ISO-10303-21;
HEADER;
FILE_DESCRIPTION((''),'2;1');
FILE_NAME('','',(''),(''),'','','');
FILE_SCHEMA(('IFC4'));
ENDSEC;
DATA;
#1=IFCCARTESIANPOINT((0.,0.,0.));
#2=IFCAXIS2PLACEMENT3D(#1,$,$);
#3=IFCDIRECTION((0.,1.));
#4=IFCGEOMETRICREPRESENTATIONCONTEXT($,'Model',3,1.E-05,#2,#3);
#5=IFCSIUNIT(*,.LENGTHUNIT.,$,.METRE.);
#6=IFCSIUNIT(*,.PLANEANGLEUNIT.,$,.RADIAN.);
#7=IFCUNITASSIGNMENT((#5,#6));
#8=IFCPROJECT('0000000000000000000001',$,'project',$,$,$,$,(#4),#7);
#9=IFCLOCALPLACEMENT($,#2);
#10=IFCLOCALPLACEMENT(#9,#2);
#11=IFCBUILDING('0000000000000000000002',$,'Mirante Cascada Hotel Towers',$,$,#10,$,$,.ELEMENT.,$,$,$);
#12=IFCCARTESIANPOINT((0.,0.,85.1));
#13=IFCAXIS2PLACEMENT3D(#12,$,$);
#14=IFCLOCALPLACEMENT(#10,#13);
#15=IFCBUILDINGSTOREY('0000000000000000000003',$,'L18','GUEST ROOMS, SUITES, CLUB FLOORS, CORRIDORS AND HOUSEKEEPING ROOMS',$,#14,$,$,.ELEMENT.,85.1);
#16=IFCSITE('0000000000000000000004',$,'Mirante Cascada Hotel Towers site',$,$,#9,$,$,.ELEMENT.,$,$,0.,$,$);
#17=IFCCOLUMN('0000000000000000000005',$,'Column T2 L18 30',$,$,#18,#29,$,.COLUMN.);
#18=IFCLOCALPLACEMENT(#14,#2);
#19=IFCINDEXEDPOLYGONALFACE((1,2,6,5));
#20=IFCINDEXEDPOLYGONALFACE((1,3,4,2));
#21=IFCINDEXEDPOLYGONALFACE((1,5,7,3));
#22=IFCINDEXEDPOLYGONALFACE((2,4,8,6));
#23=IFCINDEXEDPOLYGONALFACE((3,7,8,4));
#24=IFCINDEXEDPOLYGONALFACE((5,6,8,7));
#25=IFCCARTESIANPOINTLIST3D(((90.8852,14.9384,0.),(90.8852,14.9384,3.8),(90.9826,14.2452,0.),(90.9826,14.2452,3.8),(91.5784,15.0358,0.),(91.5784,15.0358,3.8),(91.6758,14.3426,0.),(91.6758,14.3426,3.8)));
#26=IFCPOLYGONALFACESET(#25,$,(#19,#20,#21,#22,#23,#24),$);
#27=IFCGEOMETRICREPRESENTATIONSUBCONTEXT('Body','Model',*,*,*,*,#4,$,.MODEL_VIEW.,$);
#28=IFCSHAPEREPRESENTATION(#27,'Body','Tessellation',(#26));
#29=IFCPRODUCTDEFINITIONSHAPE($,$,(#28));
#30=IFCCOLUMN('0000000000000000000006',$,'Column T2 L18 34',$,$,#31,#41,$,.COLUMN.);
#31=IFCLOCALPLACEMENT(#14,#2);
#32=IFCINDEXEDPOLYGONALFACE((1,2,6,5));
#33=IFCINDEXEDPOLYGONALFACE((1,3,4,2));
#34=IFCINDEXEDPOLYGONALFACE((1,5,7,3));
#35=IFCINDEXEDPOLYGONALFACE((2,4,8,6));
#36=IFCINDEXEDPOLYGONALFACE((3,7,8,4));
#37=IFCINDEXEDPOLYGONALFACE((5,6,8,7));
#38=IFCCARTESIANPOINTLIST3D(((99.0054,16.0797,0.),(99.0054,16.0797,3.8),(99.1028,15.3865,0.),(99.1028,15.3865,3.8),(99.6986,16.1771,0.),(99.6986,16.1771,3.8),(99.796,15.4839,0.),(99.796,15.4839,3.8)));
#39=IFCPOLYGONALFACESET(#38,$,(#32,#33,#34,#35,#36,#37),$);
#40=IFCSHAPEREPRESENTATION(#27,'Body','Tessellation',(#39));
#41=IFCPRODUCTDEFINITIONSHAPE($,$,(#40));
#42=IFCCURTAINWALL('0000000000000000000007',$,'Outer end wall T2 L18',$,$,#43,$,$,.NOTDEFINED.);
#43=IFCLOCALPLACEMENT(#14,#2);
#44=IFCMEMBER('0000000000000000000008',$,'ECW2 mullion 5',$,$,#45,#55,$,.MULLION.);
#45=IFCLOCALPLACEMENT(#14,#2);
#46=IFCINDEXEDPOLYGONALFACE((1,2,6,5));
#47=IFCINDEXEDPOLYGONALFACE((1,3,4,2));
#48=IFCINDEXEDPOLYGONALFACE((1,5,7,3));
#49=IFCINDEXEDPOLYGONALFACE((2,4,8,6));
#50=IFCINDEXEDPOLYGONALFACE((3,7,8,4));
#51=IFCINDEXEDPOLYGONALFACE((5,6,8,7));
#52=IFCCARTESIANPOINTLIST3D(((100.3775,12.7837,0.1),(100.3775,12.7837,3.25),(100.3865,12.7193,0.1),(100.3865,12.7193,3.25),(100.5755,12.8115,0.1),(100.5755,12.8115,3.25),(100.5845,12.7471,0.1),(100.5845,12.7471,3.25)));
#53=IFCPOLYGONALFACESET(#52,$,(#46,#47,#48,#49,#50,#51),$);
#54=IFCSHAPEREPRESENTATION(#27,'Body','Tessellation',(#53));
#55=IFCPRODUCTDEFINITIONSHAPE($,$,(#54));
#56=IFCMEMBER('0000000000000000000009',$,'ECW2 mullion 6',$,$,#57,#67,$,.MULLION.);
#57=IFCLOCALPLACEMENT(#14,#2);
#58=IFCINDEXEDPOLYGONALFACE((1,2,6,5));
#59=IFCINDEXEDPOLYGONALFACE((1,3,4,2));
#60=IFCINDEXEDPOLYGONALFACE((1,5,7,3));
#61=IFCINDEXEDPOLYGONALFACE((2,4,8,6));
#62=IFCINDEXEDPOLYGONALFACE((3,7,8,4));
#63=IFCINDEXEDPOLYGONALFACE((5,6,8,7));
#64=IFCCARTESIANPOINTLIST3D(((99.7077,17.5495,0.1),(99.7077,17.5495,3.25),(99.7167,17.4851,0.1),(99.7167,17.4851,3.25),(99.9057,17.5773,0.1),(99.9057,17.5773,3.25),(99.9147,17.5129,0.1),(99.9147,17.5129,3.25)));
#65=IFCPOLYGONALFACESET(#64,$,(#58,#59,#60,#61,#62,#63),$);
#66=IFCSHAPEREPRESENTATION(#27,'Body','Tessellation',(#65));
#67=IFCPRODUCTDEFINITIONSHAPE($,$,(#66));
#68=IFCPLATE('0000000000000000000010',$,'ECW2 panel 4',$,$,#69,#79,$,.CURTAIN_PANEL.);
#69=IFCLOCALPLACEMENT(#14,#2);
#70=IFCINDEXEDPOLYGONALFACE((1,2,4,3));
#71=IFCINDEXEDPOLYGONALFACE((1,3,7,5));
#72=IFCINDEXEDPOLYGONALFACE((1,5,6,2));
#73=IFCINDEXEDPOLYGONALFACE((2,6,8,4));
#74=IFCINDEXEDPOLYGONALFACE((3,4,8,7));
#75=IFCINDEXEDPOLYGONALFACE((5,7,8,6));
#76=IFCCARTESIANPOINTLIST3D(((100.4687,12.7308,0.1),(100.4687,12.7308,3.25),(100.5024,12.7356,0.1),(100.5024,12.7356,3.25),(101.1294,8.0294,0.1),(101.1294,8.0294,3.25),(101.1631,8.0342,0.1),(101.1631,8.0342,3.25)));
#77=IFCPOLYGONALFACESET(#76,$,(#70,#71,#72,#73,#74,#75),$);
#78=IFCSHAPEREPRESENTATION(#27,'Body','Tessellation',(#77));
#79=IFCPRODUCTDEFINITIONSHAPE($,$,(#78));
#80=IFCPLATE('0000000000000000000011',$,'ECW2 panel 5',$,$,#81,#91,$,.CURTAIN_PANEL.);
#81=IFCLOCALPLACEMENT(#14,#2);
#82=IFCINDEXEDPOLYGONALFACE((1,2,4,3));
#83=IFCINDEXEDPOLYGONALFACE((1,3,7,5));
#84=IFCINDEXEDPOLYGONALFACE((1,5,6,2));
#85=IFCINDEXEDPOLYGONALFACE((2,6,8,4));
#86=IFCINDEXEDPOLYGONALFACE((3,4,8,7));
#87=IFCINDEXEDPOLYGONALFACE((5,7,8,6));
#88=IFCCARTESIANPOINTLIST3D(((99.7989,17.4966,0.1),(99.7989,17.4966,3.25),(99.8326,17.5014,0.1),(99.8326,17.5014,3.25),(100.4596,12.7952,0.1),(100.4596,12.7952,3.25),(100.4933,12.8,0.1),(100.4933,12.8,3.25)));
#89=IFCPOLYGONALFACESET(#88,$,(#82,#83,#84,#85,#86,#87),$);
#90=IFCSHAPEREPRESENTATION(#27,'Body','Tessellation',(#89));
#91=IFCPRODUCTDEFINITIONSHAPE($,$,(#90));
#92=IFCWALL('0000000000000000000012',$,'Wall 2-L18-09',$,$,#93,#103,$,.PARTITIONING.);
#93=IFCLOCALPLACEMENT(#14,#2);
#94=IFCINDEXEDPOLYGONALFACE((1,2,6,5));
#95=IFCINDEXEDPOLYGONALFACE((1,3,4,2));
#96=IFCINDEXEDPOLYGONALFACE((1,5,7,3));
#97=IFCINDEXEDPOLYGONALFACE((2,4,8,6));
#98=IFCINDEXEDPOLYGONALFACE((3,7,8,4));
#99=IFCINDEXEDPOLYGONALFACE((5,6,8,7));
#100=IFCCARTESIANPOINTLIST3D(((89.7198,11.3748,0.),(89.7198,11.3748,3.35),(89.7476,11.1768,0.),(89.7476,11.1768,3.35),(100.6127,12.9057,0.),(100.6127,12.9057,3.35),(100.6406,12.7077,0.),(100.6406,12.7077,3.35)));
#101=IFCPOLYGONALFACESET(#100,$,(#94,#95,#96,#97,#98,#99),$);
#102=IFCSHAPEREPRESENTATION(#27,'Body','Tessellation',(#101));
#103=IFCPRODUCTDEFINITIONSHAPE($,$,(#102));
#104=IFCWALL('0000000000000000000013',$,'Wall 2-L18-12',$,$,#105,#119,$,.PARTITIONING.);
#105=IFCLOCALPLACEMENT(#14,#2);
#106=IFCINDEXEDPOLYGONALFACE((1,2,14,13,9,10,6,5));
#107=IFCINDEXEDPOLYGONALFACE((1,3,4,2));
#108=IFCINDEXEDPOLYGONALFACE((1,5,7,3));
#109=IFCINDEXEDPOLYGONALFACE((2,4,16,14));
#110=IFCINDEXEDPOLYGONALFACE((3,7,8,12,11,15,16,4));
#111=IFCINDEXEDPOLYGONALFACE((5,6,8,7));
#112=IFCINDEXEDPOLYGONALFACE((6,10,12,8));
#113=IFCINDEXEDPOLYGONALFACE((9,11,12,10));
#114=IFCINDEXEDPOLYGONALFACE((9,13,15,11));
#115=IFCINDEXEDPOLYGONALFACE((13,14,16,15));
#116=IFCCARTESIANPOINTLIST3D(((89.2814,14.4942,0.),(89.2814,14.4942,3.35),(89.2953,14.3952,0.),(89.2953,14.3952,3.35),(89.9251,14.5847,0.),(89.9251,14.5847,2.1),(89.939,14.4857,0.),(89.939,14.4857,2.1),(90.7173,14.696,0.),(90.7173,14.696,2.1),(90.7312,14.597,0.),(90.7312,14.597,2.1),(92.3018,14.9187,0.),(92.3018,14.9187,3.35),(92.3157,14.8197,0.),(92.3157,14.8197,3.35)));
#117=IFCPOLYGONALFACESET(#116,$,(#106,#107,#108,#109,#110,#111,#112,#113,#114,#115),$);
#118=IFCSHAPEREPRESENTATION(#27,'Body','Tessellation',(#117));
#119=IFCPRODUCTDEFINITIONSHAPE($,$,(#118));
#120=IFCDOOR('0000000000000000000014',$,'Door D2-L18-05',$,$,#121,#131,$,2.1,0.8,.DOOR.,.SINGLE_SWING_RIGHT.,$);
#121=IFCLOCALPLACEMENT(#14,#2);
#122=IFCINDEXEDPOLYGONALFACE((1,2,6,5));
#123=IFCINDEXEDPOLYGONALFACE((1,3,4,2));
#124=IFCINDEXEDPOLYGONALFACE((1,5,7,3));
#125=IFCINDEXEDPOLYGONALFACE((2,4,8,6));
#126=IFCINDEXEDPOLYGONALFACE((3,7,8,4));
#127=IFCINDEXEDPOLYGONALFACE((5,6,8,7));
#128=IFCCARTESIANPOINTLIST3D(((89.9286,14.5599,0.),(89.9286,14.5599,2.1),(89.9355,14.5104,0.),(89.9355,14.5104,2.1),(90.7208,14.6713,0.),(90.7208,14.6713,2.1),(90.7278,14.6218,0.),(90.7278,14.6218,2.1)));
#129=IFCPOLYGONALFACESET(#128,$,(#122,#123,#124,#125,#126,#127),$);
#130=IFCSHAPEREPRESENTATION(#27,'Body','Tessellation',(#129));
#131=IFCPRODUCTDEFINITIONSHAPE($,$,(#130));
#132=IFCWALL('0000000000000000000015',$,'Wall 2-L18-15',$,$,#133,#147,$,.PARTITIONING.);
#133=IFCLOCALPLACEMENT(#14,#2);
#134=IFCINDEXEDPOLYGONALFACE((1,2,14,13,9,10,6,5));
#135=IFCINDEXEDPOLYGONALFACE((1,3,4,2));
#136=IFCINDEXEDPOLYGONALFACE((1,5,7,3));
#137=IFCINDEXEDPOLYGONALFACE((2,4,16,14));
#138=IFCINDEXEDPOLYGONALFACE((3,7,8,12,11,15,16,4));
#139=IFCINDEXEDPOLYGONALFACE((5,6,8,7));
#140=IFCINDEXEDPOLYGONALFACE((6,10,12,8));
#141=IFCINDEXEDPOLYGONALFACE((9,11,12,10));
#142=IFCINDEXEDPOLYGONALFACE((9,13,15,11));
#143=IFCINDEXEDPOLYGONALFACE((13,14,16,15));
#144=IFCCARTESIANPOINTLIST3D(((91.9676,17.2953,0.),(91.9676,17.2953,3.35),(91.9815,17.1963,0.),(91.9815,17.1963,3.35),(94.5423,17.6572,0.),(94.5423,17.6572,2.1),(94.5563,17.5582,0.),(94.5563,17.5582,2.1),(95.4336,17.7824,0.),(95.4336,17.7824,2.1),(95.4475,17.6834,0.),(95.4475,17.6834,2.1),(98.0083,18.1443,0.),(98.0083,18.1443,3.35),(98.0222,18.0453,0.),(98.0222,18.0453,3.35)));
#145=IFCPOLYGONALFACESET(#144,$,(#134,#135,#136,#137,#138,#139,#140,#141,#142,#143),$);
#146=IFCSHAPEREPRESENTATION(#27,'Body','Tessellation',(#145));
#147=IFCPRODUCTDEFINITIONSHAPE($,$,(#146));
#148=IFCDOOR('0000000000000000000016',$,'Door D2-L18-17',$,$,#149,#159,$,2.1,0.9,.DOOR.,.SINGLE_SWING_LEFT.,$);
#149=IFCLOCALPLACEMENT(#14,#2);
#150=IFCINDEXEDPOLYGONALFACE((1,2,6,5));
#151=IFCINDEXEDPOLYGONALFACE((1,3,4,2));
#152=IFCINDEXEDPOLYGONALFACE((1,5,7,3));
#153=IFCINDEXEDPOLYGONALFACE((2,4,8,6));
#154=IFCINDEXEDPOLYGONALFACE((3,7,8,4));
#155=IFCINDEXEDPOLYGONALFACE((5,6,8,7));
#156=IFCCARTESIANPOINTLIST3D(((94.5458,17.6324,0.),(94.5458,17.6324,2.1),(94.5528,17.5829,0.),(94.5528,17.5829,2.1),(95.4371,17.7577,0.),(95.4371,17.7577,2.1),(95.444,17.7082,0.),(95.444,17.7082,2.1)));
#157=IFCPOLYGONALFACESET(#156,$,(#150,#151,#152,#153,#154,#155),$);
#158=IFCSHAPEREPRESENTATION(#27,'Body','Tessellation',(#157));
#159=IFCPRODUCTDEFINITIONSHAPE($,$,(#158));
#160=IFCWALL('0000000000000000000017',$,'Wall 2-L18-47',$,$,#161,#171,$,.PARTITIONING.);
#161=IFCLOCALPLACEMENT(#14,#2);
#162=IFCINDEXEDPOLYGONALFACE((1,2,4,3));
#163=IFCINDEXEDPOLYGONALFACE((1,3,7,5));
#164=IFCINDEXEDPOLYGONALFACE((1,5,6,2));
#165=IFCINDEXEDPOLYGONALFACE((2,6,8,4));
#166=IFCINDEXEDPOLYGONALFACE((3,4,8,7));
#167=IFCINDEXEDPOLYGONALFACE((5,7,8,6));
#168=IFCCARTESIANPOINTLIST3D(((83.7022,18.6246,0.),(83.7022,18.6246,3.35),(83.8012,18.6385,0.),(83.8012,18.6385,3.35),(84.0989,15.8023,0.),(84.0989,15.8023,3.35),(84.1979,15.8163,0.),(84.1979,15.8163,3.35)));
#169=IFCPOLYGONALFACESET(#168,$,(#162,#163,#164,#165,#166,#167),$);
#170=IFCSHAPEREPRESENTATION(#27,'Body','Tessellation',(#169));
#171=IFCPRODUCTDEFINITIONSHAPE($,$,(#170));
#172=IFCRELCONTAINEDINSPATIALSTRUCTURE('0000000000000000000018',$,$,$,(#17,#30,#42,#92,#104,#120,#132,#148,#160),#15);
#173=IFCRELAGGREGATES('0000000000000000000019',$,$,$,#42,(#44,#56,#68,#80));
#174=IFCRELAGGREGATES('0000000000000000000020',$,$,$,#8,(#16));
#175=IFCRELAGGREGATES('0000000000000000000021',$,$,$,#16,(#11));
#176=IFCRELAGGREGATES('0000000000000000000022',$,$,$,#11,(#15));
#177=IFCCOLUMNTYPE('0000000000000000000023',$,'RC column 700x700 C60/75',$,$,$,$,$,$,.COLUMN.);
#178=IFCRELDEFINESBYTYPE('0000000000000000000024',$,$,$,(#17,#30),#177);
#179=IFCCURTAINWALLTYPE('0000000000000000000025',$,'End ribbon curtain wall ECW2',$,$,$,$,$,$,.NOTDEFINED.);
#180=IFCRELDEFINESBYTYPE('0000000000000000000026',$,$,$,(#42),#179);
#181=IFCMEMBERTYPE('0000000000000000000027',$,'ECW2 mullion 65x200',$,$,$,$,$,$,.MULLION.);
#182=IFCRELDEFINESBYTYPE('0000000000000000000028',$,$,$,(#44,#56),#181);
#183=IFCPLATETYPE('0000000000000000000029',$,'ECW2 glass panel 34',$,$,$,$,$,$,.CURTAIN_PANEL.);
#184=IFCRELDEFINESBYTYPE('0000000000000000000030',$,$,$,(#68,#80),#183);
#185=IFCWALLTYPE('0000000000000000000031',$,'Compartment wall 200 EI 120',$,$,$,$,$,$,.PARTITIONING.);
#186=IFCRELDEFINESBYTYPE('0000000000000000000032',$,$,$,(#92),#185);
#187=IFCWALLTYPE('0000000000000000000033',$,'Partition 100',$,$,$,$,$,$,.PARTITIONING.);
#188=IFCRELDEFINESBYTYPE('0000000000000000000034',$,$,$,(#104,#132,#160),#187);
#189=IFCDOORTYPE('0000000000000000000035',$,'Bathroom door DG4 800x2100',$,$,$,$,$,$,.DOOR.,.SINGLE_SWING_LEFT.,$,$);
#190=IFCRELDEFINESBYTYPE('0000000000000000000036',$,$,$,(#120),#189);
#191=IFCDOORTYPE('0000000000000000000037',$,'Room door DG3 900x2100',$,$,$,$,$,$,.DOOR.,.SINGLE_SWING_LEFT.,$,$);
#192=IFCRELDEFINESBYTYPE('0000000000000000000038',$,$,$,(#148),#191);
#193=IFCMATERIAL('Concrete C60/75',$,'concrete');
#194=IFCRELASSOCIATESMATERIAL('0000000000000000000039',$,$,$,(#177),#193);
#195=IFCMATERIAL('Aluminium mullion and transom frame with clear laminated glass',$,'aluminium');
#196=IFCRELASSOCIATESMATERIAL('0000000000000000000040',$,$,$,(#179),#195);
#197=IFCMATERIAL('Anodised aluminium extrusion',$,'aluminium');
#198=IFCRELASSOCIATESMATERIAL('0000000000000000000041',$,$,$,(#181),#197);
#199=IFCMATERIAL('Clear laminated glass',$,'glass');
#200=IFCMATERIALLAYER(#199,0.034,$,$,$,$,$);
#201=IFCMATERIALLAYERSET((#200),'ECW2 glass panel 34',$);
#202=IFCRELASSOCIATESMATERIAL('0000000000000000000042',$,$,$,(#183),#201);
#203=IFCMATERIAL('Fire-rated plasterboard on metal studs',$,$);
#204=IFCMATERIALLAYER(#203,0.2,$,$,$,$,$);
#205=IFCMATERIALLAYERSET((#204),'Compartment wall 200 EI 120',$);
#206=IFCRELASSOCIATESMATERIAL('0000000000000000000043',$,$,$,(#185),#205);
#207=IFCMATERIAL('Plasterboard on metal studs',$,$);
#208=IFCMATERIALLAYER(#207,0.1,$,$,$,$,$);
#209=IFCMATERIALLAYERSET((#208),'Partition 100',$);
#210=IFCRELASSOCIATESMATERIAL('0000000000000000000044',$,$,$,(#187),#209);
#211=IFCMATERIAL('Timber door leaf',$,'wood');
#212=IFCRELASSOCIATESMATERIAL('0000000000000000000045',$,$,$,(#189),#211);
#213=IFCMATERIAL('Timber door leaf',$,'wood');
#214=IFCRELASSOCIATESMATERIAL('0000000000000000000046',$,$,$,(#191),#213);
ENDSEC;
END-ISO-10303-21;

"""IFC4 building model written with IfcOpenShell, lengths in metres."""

from ifc_helpers import new_model, si_unit, direction, frame, frame_2d, origin, origin_2d, place, context, subcontext, project, spatial, rectangle, extrude, material, layer, layer_set, material_profile, profile_set, type_object, element, fill, aggregate, save


model = new_model("IFC4")

# Units and contexts
model_context = context("Model", 3, precision=1e-05, world=origin(), true_north=direction((0.0, 1.0)))
body_context = subcontext(model_context, "Body", "Model", "MODEL_VIEW")
ifc_project = project(units=[si_unit("LENGTHUNIT", "METRE"), si_unit("PLANEANGLEUNIT", "RADIAN")], contexts=[model_context])

# Site, building, storey
site_placement = place(None, origin())
site = spatial("IfcSite", under=ifc_project, at=site_placement, Name="Mirante Cascada Hotel Towers site", CompositionType="ELEMENT", RefElevation=0.0)
building_placement = place(site_placement, origin())
building = spatial("IfcBuilding", under=site, at=building_placement, Name="Mirante Cascada Hotel Towers", CompositionType="ELEMENT")
storey_placement = place(building_placement, frame((0.0, 0.0, 85.1)))
storey = spatial("IfcBuildingStorey", under=building, at=storey_placement, Name="L18", Description="GUEST ROOMS, SUITES, CLUB FLOORS, CORRIDORS AND HOUSEKEEPING ROOMS", CompositionType="ELEMENT", Elevation=85.1)

# Columns
ifc_material_1 = material(Name="Concrete C60/75", Category="concrete")
ifc_material_profile_1 = material_profile(ifc_material_1, rectangle(XDim=0.7, YDim=0.7, at=origin_2d()), Name="RC column 700x700 C60/75")
ifc_profile_set_1 = profile_set([ifc_material_profile_1], Name="Concrete C60/75")
column_type = type_object("IfcColumnType", Name="RC column 700x700 C60/75", PredefinedType="COLUMN", material=ifc_profile_set_1)
for number, where, z_axis, x_axis, name in (
    (1, (91.2805, 14.6405, 0.0), (0.0, 0.0, 1.0), (0.990268, 0.139173, 0.0), "Column T2 L18 30"),
    (2, (99.4007, 15.7818, 0.0), (0.0, 0.0, 1.0), (0.990268, 0.139173, 0.0), "Column T2 L18 34"),
):
    element("IfcColumn", number, at=place(storey_placement, frame(where, z_axis=z_axis, x_axis=x_axis)), inside=storey, type_object=column_type, Name=name, PredefinedType="COLUMN", context=body_context, shape_type="SweptSolid", body=[
        extrude(rectangle(XDim=0.7, YDim=0.7, at=origin_2d()), origin(), (0.0, 0.0, 1.0), 3.8),
    ])

# Curtain wall, members, plates
ifc_material_2 = material(Name="Aluminium mullion and transom frame with clear laminated glass", Category="aluminium")
curtain_wall_type = type_object("IfcCurtainWallType", Name="End ribbon curtain wall ECW2", PredefinedType="NOTDEFINED", material=ifc_material_2)
curtain_wall_placement = place(storey_placement, origin())
curtain_wall = element("IfcCurtainWall", 3, at=curtain_wall_placement, inside=storey, type_object=curtain_wall_type, Name="Outer end wall T2 L18", PredefinedType="NOTDEFINED")
ifc_material_3 = material(Name="Anodised aluminium extrusion", Category="aluminium")
ifc_material_profile_2 = material_profile(ifc_material_3, rectangle(XDim=0.2, YDim=0.065, at=origin_2d()), Name="ECW2 MULLION 65x200")
ifc_profile_set_2 = profile_set([ifc_material_profile_2], Name="Anodised aluminium extrusion")
member_type = type_object("IfcMemberType", Name="ECW2 mullion 65x200", PredefinedType="MULLION", material=ifc_profile_set_2)
member_1_placement = place(storey_placement, frame((100.481, 12.7654, 0.1), z_axis=(0.0, 0.0, 1.0), x_axis=(-0.990268, -0.139173, 0.0)))
member_1 = element("IfcMember", 4, at=member_1_placement, type_object=member_type, Name="ECW2 mullion 5", PredefinedType="MULLION", context=body_context, shape_type="SweptSolid", body=[
    extrude(rectangle(XDim=0.2, YDim=0.065, at=origin_2d()), origin(), (0.0, 0.0, 1.0), 3.15),
])
member_2_placement = place(storey_placement, frame((99.8112, 17.5312, 0.1), z_axis=(0.0, 0.0, 1.0), x_axis=(-0.990268, -0.139173, 0.0)))
member_2 = element("IfcMember", 5, at=member_2_placement, type_object=member_type, Name="ECW2 mullion 6", PredefinedType="MULLION", context=body_context, shape_type="SweptSolid", body=[
    extrude(rectangle(XDim=0.2, YDim=0.065, at=origin_2d()), origin(), (0.0, 0.0, 1.0), 3.15),
])
ifc_material_4 = material(Name="Clear laminated glass", Category="glass")
ifc_layer_1 = layer(ifc_material_4, 0.034)
ifc_layer_set_1 = layer_set([ifc_layer_1], Name="ECW2 glass panel 34")
plate_type = type_object("IfcPlateType", Name="ECW2 glass panel 34", PredefinedType="CURTAIN_PANEL", material=ifc_layer_set_1)
plate_1_placement = place(storey_placement, frame((100.8159, 10.3825, 0.1), z_axis=(0.0, 0.0, 1.0), x_axis=(-0.139173, 0.990268, 0.0)))
plate_1 = element("IfcPlate", 6, at=plate_1_placement, type_object=plate_type, Name="ECW2 panel 4", PredefinedType="CURTAIN_PANEL", context=body_context, shape_type="SweptSolid", body=[
    extrude(rectangle(XDim=4.7476, YDim=0.034, at=origin_2d()), origin(), (0.0, 0.0, 1.0), 3.15),
])
plate_2_placement = place(storey_placement, frame((100.1461, 15.1483, 0.1), z_axis=(0.0, 0.0, 1.0), x_axis=(-0.139173, 0.990268, 0.0)))
plate_2 = element("IfcPlate", 7, at=plate_2_placement, type_object=plate_type, Name="ECW2 panel 5", PredefinedType="CURTAIN_PANEL", context=body_context, shape_type="SweptSolid", body=[
    extrude(rectangle(XDim=4.7476, YDim=0.034, at=origin_2d()), origin(), (0.0, 0.0, 1.0), 3.15),
])
aggregate(curtain_wall, [member_1, member_2, plate_1, plate_2])

# Wall
ifc_material_5 = material(Name="Fire-rated plasterboard on metal studs")
ifc_layer_2 = layer(ifc_material_5, 0.2)
ifc_layer_set_2 = layer_set([ifc_layer_2], Name="Compartment wall 200 EI 120")
wall_type_1 = type_object("IfcWallType", Name="Compartment wall 200 EI 120", PredefinedType="PARTITIONING", material=ifc_layer_set_2)
wall_1_placement = place(storey_placement, frame((89.7337, 11.2758, 0.0), z_axis=(0.0, 0.0, 1.0), x_axis=(0.990268, 0.139173, 0.0)))
element("IfcWall", 8, at=wall_1_placement, inside=storey, type_object=wall_type_1, Name="Wall 2-L18-09", PredefinedType="PARTITIONING", context=body_context, shape_type="SweptSolid", body=[
    extrude(rectangle(XDim=11.0, YDim=0.2, at=frame_2d((5.5, 0.0))), origin(), (0.0, 0.0, 1.0), 3.35),
])

# Walls, openings, doors
ifc_material_6 = material(Name="Plasterboard on metal studs")
ifc_layer_3 = layer(ifc_material_6, 0.1)
ifc_layer_set_3 = layer_set([ifc_layer_3], Name="Partition 100")
wall_type_2 = type_object("IfcWallType", Name="Partition 100", PredefinedType="PARTITIONING", material=ifc_layer_set_3)
wall_2_placement = place(storey_placement, frame((92.3087, 14.8692, 0.0), z_axis=(0.0, 0.0, 1.0), x_axis=(-0.990268, -0.139177, 0.0)))
wall_2 = element("IfcWall", 9, at=wall_2_placement, inside=storey, type_object=wall_type_2, Name="Wall 2-L18-12", PredefinedType="PARTITIONING", context=body_context, shape_type="SweptSolid", body=[
    extrude(rectangle(XDim=3.0501, YDim=0.1, at=frame_2d((1.525, 0.0))), origin(), (0.0, 0.0, 1.0), 3.35),
])
opening_1_placement = place(wall_2_placement, frame((1.6, 0.0, 0.0)))
opening_1 = element("IfcOpeningElement", 10, at=opening_1_placement, cuts=wall_2, PredefinedType="OPENING", context=body_context, shape_type="SweptSolid", body=[
    extrude(rectangle(XDim=0.8, YDim=2.1, at=frame_2d((0.4, 1.05))), frame((0.0, 0.05, 0.0), z_axis=(0.0, -1.0, 0.0), x_axis=(1.0, 0.0, 0.0)), (0.0, 0.0, 1.0), 0.1),
])
ifc_material_7 = material(Name="Timber door leaf", Category="wood")
door_type_1 = type_object("IfcDoorType", Name="Bathroom door DG4 800x2100", OperationType="SINGLE_SWING_LEFT", PredefinedType="DOOR", material=ifc_material_7)
door_1_placement = place(opening_1_placement, frame((0.8, 0.0, 0.0), z_axis=(0.0, 0.0, 1.0), x_axis=(-1.0, 0.0, 0.0)))
door_1 = element("IfcDoor", 11, at=door_1_placement, inside=storey, type_object=door_type_1, Name="Door D2-L18-05", OperationType="SINGLE_SWING_RIGHT", OverallHeight=2.1, OverallWidth=0.8, PredefinedType="DOOR", context=body_context, shape_type="SweptSolid", body=[
    extrude(rectangle(XDim=0.8, YDim=2.1, at=frame_2d((0.4, 1.05))), frame((0.0, 0.025, 0.0), z_axis=(0.0, -1.0, 0.0), x_axis=(1.0, 0.0, 0.0)), (0.0, 0.0, 1.0), 0.05),
])
fill(opening_1, door_1)
wall_3_placement = place(storey_placement, frame((91.9746, 17.2458, 0.0), z_axis=(0.0, 0.0, 1.0), x_axis=(0.990267, 0.139179, 0.0)))
wall_3 = element("IfcWall", 12, at=wall_3_placement, inside=storey, type_object=wall_type_2, Name="Wall 2-L18-15", PredefinedType="PARTITIONING", context=body_context, shape_type="SweptSolid", body=[
    extrude(rectangle(XDim=6.1001, YDim=0.1, at=frame_2d((3.05, 0.0))), origin(), (0.0, 0.0, 1.0), 3.35),
])
opening_2_placement = place(wall_3_placement, frame((2.6, 0.0, 0.0)))
opening_2 = element("IfcOpeningElement", 13, at=opening_2_placement, cuts=wall_3, PredefinedType="OPENING", context=body_context, shape_type="SweptSolid", body=[
    extrude(rectangle(XDim=0.9, YDim=2.1, at=frame_2d((0.45, 1.05))), frame((0.0, 0.05, 0.0), z_axis=(0.0, -1.0, 0.0), x_axis=(1.0, 0.0, 0.0)), (0.0, 0.0, 1.0), 0.1),
])
ifc_material_8 = material(Name="Timber door leaf", Category="wood")
door_type_2 = type_object("IfcDoorType", Name="Room door DG3 900x2100", OperationType="SINGLE_SWING_LEFT", PredefinedType="DOOR", material=ifc_material_8)
door_2_placement = place(opening_2_placement, origin())
door_2 = element("IfcDoor", 14, at=door_2_placement, inside=storey, type_object=door_type_2, Name="Door D2-L18-17", OperationType="SINGLE_SWING_LEFT", OverallHeight=2.1, OverallWidth=0.9, PredefinedType="DOOR", context=body_context, shape_type="SweptSolid", body=[
    extrude(rectangle(XDim=0.9, YDim=2.1, at=frame_2d((0.45, 1.05))), frame((0.0, 0.025, 0.0), z_axis=(0.0, -1.0, 0.0), x_axis=(1.0, 0.0, 0.0)), (0.0, 0.0, 1.0), 0.05),
])
fill(opening_2, door_2)

# Wall
wall_4_placement = place(storey_placement, frame((84.1484, 15.8093, 0.0), z_axis=(0.0, 0.0, 1.0), x_axis=(-0.139191, 0.990266, 0.0)))
element("IfcWall", 15, at=wall_4_placement, inside=storey, type_object=wall_type_2, Name="Wall 2-L18-47", PredefinedType="PARTITIONING", context=body_context, shape_type="SweptSolid", body=[
    extrude(rectangle(XDim=2.85, YDim=0.1, at=frame_2d((1.425, 0.0))), origin(), (0.0, 0.0, 1.0), 3.35),
])

save(model, "model.ifc")
